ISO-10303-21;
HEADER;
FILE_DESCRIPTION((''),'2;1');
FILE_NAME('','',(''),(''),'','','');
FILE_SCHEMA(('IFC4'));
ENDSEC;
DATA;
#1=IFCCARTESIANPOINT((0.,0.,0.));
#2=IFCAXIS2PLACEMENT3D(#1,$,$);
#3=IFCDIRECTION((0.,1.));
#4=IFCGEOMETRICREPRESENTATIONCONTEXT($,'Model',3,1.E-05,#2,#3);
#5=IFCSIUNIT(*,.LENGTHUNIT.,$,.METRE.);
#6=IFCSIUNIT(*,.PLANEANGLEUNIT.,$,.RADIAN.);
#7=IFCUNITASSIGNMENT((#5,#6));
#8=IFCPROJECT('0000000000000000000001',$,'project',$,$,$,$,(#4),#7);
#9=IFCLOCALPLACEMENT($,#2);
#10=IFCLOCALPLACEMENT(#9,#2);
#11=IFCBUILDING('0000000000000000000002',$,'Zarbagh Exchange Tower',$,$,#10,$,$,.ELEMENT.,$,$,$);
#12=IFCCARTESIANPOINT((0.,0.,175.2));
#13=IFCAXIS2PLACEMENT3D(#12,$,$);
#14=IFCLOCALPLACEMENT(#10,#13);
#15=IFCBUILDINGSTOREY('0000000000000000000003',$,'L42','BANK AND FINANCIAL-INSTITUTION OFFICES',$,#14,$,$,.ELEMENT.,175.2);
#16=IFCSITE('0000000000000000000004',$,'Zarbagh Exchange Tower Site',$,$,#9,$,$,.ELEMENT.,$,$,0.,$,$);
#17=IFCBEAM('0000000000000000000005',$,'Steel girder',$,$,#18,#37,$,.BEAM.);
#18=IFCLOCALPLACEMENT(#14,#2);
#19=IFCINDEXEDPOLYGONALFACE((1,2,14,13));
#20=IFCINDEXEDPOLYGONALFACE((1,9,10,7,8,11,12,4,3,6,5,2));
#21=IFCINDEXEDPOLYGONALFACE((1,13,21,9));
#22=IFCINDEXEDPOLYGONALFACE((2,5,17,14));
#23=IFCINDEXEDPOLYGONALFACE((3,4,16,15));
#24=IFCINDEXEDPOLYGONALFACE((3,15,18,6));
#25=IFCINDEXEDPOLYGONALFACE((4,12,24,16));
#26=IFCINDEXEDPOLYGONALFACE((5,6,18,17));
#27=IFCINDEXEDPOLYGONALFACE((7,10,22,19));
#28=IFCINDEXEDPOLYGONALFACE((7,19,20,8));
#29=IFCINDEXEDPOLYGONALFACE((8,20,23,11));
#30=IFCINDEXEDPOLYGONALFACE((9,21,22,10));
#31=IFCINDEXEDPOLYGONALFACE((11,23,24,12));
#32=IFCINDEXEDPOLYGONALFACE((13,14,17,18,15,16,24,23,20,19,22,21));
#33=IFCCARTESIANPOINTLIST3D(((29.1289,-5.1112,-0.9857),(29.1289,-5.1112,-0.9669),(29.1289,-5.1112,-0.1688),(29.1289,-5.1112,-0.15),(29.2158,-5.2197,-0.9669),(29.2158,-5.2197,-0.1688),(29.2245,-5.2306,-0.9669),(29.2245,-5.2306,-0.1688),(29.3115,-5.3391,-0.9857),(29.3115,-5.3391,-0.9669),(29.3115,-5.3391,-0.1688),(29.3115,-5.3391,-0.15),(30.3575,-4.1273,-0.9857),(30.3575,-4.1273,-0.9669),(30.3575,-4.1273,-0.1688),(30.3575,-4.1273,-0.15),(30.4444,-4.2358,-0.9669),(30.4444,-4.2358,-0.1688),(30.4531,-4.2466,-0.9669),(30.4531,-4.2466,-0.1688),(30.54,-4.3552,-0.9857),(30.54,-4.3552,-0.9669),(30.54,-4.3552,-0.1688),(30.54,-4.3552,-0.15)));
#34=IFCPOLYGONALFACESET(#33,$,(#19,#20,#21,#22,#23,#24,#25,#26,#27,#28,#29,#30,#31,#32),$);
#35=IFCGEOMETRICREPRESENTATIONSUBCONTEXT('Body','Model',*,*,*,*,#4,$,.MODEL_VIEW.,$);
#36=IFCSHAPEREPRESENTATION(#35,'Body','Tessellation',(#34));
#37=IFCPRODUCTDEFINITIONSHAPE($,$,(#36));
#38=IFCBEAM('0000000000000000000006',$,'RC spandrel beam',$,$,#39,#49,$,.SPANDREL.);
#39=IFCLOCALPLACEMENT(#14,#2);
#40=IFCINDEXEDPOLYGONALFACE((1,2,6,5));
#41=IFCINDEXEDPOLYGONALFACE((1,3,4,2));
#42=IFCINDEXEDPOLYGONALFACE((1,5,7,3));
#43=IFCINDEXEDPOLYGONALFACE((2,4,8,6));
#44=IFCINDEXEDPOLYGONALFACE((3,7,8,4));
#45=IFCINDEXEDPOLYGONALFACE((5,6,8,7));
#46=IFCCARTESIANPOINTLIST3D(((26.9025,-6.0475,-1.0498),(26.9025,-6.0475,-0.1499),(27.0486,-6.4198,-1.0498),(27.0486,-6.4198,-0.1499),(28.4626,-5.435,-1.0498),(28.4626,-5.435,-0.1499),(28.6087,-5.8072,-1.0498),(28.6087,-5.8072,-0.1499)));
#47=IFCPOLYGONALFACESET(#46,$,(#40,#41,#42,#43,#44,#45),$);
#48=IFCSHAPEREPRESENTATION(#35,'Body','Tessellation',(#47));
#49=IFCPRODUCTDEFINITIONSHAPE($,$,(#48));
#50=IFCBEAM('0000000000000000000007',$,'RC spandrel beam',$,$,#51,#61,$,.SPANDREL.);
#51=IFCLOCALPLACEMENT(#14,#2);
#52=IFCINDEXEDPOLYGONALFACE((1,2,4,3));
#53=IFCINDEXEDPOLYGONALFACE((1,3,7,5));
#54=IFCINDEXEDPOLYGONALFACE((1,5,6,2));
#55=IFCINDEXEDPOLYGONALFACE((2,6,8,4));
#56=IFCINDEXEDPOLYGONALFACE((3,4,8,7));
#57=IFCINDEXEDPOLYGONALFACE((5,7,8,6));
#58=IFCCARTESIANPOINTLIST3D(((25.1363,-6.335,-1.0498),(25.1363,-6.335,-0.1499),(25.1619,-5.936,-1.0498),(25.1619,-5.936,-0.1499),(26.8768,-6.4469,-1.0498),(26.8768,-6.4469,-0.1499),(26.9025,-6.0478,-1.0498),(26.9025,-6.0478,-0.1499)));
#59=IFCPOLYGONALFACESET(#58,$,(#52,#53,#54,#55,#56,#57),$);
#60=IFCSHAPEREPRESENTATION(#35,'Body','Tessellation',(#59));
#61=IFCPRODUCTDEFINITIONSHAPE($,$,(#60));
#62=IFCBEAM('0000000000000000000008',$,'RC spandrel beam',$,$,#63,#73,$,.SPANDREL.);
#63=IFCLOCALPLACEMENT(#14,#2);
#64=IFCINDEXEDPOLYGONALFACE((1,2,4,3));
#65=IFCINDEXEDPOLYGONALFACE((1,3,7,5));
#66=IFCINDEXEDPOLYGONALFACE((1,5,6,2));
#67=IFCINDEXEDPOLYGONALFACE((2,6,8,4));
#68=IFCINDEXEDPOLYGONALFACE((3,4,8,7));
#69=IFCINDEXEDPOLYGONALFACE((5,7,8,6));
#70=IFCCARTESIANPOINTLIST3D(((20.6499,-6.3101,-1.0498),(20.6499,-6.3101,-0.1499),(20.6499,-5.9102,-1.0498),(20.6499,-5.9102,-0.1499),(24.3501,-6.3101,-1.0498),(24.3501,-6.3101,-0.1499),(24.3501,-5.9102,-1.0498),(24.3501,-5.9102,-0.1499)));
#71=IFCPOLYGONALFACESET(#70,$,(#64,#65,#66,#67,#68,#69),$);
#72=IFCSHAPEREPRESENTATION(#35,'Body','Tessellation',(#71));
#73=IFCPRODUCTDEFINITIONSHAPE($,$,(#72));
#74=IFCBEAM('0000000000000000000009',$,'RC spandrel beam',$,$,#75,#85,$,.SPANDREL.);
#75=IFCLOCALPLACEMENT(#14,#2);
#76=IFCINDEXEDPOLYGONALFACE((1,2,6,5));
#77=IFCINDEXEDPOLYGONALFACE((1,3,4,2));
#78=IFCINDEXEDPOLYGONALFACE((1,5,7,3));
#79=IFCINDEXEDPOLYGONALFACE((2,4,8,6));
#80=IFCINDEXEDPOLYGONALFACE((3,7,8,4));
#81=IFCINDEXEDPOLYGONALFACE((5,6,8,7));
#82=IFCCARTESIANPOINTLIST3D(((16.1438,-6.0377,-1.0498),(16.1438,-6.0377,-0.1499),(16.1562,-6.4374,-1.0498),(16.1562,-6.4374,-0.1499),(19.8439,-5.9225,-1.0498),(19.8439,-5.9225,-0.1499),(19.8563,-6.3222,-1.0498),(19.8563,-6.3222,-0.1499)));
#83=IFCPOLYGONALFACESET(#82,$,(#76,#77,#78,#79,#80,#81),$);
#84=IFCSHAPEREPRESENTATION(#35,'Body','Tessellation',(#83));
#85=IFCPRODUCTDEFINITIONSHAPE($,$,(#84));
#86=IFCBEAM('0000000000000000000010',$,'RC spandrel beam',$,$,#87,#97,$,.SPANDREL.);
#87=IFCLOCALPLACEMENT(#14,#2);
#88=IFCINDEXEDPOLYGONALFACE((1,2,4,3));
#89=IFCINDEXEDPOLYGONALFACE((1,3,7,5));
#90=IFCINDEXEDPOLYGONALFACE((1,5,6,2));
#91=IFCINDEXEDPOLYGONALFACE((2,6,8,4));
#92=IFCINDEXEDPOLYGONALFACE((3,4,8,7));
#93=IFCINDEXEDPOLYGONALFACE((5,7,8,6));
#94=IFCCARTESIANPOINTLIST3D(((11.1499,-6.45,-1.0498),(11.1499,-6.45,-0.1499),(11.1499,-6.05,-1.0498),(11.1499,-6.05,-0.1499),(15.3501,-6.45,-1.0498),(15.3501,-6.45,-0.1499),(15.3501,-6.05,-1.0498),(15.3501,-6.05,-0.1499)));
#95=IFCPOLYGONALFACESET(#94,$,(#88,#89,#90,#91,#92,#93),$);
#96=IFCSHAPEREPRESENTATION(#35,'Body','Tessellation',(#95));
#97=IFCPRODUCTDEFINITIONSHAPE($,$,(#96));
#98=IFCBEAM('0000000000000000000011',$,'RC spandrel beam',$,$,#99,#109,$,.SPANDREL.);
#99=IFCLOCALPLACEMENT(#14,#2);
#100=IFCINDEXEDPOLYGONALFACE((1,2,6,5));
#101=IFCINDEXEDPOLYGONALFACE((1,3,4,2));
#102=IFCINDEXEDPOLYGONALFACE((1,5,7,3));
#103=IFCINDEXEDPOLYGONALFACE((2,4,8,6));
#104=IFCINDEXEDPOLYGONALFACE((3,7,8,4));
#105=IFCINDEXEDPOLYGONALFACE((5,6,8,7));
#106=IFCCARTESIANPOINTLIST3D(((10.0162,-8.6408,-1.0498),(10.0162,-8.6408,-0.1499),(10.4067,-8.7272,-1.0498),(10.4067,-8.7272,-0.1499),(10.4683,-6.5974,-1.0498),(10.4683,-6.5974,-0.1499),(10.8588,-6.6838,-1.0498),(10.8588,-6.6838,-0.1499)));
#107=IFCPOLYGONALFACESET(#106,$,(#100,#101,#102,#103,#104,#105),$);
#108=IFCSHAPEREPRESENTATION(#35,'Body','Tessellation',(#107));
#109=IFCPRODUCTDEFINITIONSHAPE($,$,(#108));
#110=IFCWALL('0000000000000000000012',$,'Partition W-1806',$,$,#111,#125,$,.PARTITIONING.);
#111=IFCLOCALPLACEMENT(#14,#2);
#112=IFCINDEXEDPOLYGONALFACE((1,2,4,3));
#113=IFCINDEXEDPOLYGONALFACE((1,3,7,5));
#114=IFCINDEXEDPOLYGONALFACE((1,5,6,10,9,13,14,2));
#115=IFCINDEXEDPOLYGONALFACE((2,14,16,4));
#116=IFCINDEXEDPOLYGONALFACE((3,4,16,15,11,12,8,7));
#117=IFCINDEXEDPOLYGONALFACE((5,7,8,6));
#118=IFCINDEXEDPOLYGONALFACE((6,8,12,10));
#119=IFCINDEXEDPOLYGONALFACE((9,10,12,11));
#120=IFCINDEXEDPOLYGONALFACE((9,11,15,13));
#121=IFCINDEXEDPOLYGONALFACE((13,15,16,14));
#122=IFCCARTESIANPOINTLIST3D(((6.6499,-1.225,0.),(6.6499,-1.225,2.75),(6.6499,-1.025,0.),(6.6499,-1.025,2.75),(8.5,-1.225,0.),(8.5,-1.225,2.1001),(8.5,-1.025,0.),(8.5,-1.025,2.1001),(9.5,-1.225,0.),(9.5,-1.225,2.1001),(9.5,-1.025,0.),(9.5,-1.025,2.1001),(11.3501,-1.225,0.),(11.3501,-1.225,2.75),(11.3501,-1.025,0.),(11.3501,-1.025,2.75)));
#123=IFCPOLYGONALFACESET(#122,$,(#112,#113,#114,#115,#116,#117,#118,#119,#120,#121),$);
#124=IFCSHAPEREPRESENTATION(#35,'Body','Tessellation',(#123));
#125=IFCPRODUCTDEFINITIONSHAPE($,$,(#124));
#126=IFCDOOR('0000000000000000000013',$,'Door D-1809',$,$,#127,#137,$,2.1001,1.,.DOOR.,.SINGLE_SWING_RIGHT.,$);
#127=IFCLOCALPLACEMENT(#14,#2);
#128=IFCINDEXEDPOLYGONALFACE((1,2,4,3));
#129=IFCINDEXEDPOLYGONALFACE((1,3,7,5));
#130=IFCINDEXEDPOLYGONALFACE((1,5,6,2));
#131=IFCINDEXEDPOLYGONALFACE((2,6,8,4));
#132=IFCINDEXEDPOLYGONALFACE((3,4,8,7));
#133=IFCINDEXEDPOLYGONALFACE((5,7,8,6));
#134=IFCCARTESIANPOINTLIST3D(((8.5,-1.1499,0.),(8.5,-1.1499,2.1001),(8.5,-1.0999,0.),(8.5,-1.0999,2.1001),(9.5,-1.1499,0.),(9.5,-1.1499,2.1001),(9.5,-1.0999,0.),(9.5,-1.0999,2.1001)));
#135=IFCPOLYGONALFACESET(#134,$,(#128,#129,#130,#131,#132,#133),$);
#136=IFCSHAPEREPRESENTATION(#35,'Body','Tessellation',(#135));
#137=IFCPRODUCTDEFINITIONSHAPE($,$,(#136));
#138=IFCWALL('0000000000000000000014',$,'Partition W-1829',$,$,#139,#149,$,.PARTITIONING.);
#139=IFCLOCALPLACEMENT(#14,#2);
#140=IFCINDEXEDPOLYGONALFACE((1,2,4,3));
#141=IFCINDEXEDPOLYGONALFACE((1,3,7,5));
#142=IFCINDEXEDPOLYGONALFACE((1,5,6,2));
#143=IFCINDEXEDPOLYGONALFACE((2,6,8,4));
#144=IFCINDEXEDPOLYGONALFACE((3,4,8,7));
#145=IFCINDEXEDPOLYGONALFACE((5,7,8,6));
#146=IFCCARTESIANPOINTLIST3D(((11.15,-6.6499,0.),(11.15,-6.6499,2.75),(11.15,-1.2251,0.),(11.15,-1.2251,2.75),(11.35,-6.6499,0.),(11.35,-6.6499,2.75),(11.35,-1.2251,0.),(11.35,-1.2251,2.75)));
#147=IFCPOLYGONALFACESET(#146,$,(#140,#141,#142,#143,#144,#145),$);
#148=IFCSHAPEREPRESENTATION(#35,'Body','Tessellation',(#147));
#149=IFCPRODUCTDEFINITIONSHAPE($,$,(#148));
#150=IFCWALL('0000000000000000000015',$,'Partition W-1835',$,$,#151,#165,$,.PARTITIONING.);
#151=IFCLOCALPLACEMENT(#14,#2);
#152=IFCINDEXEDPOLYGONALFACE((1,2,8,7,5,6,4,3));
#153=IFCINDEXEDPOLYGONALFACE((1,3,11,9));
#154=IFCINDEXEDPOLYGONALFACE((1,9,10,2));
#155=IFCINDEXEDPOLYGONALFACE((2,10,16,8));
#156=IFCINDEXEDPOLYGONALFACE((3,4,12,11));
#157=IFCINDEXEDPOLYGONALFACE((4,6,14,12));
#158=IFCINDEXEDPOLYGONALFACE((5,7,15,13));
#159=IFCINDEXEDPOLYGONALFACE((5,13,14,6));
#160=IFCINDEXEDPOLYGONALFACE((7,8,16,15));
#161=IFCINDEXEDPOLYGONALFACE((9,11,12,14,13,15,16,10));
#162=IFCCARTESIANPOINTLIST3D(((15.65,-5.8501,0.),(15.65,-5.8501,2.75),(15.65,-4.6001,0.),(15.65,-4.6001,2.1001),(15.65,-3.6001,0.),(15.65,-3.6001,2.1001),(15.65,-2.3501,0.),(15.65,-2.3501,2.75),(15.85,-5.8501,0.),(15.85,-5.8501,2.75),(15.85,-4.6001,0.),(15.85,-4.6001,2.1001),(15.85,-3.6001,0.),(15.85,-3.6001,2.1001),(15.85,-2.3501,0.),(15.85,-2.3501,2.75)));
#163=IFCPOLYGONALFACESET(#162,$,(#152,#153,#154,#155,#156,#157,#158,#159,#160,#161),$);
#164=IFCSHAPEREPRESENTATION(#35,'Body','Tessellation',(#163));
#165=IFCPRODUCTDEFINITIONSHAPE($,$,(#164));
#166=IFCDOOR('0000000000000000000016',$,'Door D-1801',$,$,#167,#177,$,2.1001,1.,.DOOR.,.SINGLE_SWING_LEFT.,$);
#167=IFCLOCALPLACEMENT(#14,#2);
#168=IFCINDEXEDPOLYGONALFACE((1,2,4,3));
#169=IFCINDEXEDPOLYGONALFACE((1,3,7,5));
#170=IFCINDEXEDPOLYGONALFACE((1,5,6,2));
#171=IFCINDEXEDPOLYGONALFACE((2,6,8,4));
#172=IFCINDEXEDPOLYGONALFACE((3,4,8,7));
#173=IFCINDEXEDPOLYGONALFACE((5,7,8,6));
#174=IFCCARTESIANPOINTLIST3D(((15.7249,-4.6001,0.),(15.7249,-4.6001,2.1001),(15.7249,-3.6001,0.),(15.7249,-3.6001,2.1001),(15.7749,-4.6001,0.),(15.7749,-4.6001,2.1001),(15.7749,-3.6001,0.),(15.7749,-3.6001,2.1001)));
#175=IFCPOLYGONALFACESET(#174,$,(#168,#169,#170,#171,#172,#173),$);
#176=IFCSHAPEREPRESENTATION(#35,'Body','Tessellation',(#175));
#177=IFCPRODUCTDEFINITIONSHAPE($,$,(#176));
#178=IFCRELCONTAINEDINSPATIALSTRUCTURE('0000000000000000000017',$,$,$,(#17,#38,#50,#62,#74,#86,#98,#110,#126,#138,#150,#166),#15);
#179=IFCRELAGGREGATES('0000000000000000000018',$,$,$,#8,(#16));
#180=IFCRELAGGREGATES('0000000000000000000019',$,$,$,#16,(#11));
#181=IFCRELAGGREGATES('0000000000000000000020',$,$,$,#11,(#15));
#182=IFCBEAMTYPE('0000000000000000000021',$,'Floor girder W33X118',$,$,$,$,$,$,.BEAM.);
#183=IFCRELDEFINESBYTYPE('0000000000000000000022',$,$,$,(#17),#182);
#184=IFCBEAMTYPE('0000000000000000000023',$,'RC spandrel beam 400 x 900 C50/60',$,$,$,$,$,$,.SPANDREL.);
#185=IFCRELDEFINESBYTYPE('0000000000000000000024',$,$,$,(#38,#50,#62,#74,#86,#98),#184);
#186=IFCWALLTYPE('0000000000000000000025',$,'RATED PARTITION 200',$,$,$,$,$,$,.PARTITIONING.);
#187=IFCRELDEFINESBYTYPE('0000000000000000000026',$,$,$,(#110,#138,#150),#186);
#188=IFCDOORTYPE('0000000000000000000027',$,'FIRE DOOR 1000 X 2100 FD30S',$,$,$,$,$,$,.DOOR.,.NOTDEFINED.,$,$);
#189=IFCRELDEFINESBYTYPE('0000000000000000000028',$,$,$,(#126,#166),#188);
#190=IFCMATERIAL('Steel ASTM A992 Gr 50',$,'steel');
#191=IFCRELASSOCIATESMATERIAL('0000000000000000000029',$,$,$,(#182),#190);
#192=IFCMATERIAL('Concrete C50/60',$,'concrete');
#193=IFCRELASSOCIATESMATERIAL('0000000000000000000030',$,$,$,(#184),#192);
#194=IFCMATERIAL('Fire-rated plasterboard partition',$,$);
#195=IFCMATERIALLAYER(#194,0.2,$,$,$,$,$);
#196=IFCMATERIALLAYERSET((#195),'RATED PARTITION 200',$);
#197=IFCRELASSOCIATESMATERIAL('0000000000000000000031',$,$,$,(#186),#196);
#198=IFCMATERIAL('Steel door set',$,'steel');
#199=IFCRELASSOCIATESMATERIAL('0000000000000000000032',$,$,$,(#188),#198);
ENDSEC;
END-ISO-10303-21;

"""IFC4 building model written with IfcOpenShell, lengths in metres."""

from ifc_helpers import new_model, si_unit, direction, frame, frame_2d, origin, origin_2d, place, context, subcontext, project, spatial, rectangle, i_section, extrude, material, layer, layer_set, material_profile, profile_set, type_object, element, fill, save


model = new_model("IFC4")

# Units and contexts
model_context = context("Model", 3, precision=1e-05, world=origin(), true_north=direction((0.0, 1.0)))
body_context = subcontext(model_context, "Body", "Model", "MODEL_VIEW")
ifc_project = project(units=[si_unit("LENGTHUNIT", "METRE"), si_unit("PLANEANGLEUNIT", "RADIAN")], contexts=[model_context])

# Site, building, storey
site_placement = place(None, origin())
site = spatial("IfcSite", under=ifc_project, at=site_placement, Name="Zarbagh Exchange Tower Site", CompositionType="ELEMENT", RefElevation=0.0)
building_placement = place(site_placement, origin())
building = spatial("IfcBuilding", under=site, at=building_placement, Name="Zarbagh Exchange Tower", CompositionType="ELEMENT")
storey_placement = place(building_placement, frame((0.0, 0.0, 175.2)))
storey = spatial("IfcBuildingStorey", under=building, at=storey_placement, Name="L42", Description="BANK AND FINANCIAL-INSTITUTION OFFICES", CompositionType="ELEMENT", Elevation=175.2)

# Shared definitions
ifc_material_1 = material(Name="Concrete C50/60", Category="concrete")

# Beams
ifc_material_2 = material(Name="Steel ASTM A992 Gr 50", Category="steel")
ifc_material_profile_1 = material_profile(ifc_material_2, i_section(OverallWidth=0.292, OverallDepth=0.8357, WebThickness=0.0139, FlangeThickness=0.0188, at=origin_2d()), Name="W33X118")
ifc_profile_set_1 = profile_set([ifc_material_profile_1], Name="Steel ASTM A992 Gr 50")
beam_type_1 = type_object("IfcBeamType", Name="Floor girder W33X118", PredefinedType="BEAM", material=ifc_profile_set_1)
beam_1_placement = place(storey_placement, frame((30.4487, -4.2412, -0.5679), z_axis=(-0.780536, -0.625111, 0.0), x_axis=(0.625111, -0.780536, 0.0)))
element("IfcBeam", 1, at=beam_1_placement, inside=storey, type_object=beam_type_1, Name="Steel girder", PredefinedType="BEAM", context=body_context, shape_type="SweptSolid", body=[
    extrude(i_section(OverallWidth=0.292, OverallDepth=0.8357, WebThickness=0.0139, FlangeThickness=0.0188, at=origin_2d()), origin(), (0.0, 0.0, 1.0), 1.574),
])
ifc_material_profile_2 = material_profile(ifc_material_1, rectangle(XDim=0.3999, YDim=0.8999, at=origin_2d()), Name="RC spandrel beam 400 x 900 C50/60")
ifc_profile_set_2 = profile_set([ifc_material_profile_2], Name="Concrete C50/60")
beam_type_2 = type_object("IfcBeamType", Name="RC spandrel beam 400 x 900 C50/60", PredefinedType="SPANDREL", material=ifc_profile_set_2)
beam_2_placement = place(storey_placement, frame((28.5356, -5.6211, -0.5999), z_axis=(-0.930819, -0.365481, 0.0), x_axis=(0.365481, -0.930819, 0.0)))
element("IfcBeam", 2, at=beam_2_placement, inside=storey, type_object=beam_type_2, Name="RC spandrel beam", PredefinedType="SPANDREL", context=body_context, shape_type="SweptSolid", body=[
    extrude(rectangle(XDim=0.3999, YDim=0.8999, at=origin_2d()), origin(), (0.0, 0.0, 1.0), 1.676),
])
beam_3_placement = place(storey_placement, frame((26.8896, -6.2473, -0.5999), z_axis=(-0.997943, 0.064112, 0.0), x_axis=(-0.064112, -0.997943, 0.0)))
element("IfcBeam", 3, at=beam_3_placement, inside=storey, type_object=beam_type_2, Name="RC spandrel beam", PredefinedType="SPANDREL", context=body_context, shape_type="SweptSolid", body=[
    extrude(rectangle(XDim=0.3999, YDim=0.8999, at=origin_2d()), origin(), (0.0, 0.0, 1.0), 1.7441),
])
beam_4_placement = place(storey_placement, frame((24.3501, -6.1101, -0.5999), z_axis=(-1.0, 0.0, 0.0), x_axis=(0.0, -1.0, 0.0)))
element("IfcBeam", 4, at=beam_4_placement, inside=storey, type_object=beam_type_2, Name="RC spandrel beam", PredefinedType="SPANDREL", context=body_context, shape_type="SweptSolid", body=[
    extrude(rectangle(XDim=0.3999, YDim=0.8999, at=origin_2d()), origin(), (0.0, 0.0, 1.0), 3.7002),
])
beam_5_placement = place(storey_placement, frame((19.8501, -6.1223, -0.5999), z_axis=(-0.999515, -0.031128, 0.0), x_axis=(0.031128, -0.999515, 0.0)))
element("IfcBeam", 5, at=beam_5_placement, inside=storey, type_object=beam_type_2, Name="RC spandrel beam", PredefinedType="SPANDREL", context=body_context, shape_type="SweptSolid", body=[
    extrude(rectangle(XDim=0.3999, YDim=0.8999, at=origin_2d()), origin(), (0.0, 0.0, 1.0), 3.7019),
])
beam_6_placement = place(storey_placement, frame((15.3501, -6.25, -0.5999), z_axis=(-1.0, 0.0, 0.0), x_axis=(0.0, -1.0, 0.0)))
element("IfcBeam", 6, at=beam_6_placement, inside=storey, type_object=beam_type_2, Name="RC spandrel beam", PredefinedType="SPANDREL", context=body_context, shape_type="SweptSolid", body=[
    extrude(rectangle(XDim=0.3999, YDim=0.8999, at=origin_2d()), origin(), (0.0, 0.0, 1.0), 4.2002),
])
beam_7_placement = place(storey_placement, frame((10.6636, -6.6406, -0.5999), z_axis=(-0.216041, -0.976384, 0.0), x_axis=(0.976384, -0.216041, 0.0)))
element("IfcBeam", 7, at=beam_7_placement, inside=storey, type_object=beam_type_2, Name="RC spandrel beam", PredefinedType="SPANDREL", context=body_context, shape_type="SweptSolid", body=[
    extrude(rectangle(XDim=0.3999, YDim=0.8999, at=origin_2d()), origin(), (0.0, 0.0, 1.0), 2.0928),
])

# Wall, opening, door
ifc_material_3 = material(Name="Fire-rated plasterboard partition")
ifc_layer = layer(ifc_material_3, 0.2)
ifc_layer_set = layer_set([ifc_layer], Name="RATED PARTITION 200")
wall_type = type_object("IfcWallType", Name="RATED PARTITION 200", PredefinedType="PARTITIONING", material=ifc_layer_set)
wall_1_placement = place(storey_placement, frame((11.3501, -1.125, 0.0), z_axis=(0.0, 0.0, 1.0), x_axis=(-1.0, 0.0, 0.0)))
wall_1 = element("IfcWall", 8, at=wall_1_placement, inside=storey, type_object=wall_type, Name="Partition W-1806", PredefinedType="PARTITIONING", context=body_context, shape_type="SweptSolid", body=[
    extrude(rectangle(XDim=4.7002, YDim=0.2, at=frame_2d((2.3501, 0.0))), origin(), (0.0, 0.0, 1.0), 2.75),
])
opening_1_placement = place(wall_1_placement, frame((1.8501, 0.0, 0.0)))
opening_1 = element("IfcOpeningElement", 9, at=opening_1_placement, cuts=wall_1, PredefinedType="OPENING", context=body_context, shape_type="SweptSolid", body=[
    extrude(rectangle(XDim=1.0, YDim=2.1001, at=frame_2d((0.5, 1.05))), frame((0.0, 0.1099, 0.0), z_axis=(0.0, -1.0, 0.0), x_axis=(1.0, 0.0, 0.0)), (0.0, 0.0, 1.0), 0.22),
])
ifc_material_4 = material(Name="Steel door set", Category="steel")
door_type = type_object("IfcDoorType", Name="FIRE DOOR 1000 X 2100 FD30S", OperationType="NOTDEFINED", PredefinedType="DOOR", material=ifc_material_4)
door_1_placement = place(opening_1_placement, origin())
door_1 = element("IfcDoor", 10, at=door_1_placement, inside=storey, type_object=door_type, Name="Door D-1809", OperationType="SINGLE_SWING_RIGHT", OverallHeight=2.1001, OverallWidth=1.0, PredefinedType="DOOR", context=body_context, shape_type="SweptSolid", body=[
    extrude(rectangle(XDim=1.0, YDim=2.1001, at=frame_2d((0.5, 1.05))), frame((0.0, 0.0249, 0.0), z_axis=(0.0, -1.0, 0.0), x_axis=(1.0, 0.0, 0.0)), (0.0, 0.0, 1.0), 0.05),
])
fill(opening_1, door_1)

# Wall
wall_2_placement = place(storey_placement, frame((11.25, -6.6499, 0.0), z_axis=(0.0, 0.0, 1.0), x_axis=(0.0, 1.0, 0.0)))
element("IfcWall", 11, at=wall_2_placement, inside=storey, type_object=wall_type, Name="Partition W-1829", PredefinedType="PARTITIONING", context=body_context, shape_type="SweptSolid", body=[
    extrude(rectangle(XDim=5.4248, YDim=0.2, at=frame_2d((2.7124, 0.0))), origin(), (0.0, 0.0, 1.0), 2.75),
])

# Wall, opening, door
wall_3_placement = place(storey_placement, frame((15.75, -2.3501, 0.0), z_axis=(0.0, 0.0, 1.0), x_axis=(0.0, -1.0, 0.0)))
wall_3 = element("IfcWall", 12, at=wall_3_placement, inside=storey, type_object=wall_type, Name="Partition W-1835", PredefinedType="PARTITIONING", context=body_context, shape_type="SweptSolid", body=[
    extrude(rectangle(XDim=3.5, YDim=0.2, at=frame_2d((1.75, 0.0))), origin(), (0.0, 0.0, 1.0), 2.75),
])
opening_2_placement = place(wall_3_placement, frame((1.25, 0.0, 0.0)))
opening_2 = element("IfcOpeningElement", 13, at=opening_2_placement, cuts=wall_3, PredefinedType="OPENING", context=body_context, shape_type="SweptSolid", body=[
    extrude(rectangle(XDim=1.0, YDim=2.1001, at=frame_2d((0.5, 1.05))), frame((0.0, 0.1099, 0.0), z_axis=(0.0, -1.0, 0.0), x_axis=(1.0, 0.0, 0.0)), (0.0, 0.0, 1.0), 0.22),
])
door_2_placement = place(opening_2_placement, origin())
door_2 = element("IfcDoor", 14, at=door_2_placement, inside=storey, type_object=door_type, Name="Door D-1801", OperationType="SINGLE_SWING_LEFT", OverallHeight=2.1001, OverallWidth=1.0, PredefinedType="DOOR", context=body_context, shape_type="SweptSolid", body=[
    extrude(rectangle(XDim=1.0, YDim=2.1001, at=frame_2d((0.5, 1.05))), frame((0.0, 0.0249, 0.0), z_axis=(0.0, -1.0, 0.0), x_axis=(1.0, 0.0, 0.0)), (0.0, 0.0, 1.0), 0.05),
])
fill(opening_2, door_2)

save(model, "model.ifc")
